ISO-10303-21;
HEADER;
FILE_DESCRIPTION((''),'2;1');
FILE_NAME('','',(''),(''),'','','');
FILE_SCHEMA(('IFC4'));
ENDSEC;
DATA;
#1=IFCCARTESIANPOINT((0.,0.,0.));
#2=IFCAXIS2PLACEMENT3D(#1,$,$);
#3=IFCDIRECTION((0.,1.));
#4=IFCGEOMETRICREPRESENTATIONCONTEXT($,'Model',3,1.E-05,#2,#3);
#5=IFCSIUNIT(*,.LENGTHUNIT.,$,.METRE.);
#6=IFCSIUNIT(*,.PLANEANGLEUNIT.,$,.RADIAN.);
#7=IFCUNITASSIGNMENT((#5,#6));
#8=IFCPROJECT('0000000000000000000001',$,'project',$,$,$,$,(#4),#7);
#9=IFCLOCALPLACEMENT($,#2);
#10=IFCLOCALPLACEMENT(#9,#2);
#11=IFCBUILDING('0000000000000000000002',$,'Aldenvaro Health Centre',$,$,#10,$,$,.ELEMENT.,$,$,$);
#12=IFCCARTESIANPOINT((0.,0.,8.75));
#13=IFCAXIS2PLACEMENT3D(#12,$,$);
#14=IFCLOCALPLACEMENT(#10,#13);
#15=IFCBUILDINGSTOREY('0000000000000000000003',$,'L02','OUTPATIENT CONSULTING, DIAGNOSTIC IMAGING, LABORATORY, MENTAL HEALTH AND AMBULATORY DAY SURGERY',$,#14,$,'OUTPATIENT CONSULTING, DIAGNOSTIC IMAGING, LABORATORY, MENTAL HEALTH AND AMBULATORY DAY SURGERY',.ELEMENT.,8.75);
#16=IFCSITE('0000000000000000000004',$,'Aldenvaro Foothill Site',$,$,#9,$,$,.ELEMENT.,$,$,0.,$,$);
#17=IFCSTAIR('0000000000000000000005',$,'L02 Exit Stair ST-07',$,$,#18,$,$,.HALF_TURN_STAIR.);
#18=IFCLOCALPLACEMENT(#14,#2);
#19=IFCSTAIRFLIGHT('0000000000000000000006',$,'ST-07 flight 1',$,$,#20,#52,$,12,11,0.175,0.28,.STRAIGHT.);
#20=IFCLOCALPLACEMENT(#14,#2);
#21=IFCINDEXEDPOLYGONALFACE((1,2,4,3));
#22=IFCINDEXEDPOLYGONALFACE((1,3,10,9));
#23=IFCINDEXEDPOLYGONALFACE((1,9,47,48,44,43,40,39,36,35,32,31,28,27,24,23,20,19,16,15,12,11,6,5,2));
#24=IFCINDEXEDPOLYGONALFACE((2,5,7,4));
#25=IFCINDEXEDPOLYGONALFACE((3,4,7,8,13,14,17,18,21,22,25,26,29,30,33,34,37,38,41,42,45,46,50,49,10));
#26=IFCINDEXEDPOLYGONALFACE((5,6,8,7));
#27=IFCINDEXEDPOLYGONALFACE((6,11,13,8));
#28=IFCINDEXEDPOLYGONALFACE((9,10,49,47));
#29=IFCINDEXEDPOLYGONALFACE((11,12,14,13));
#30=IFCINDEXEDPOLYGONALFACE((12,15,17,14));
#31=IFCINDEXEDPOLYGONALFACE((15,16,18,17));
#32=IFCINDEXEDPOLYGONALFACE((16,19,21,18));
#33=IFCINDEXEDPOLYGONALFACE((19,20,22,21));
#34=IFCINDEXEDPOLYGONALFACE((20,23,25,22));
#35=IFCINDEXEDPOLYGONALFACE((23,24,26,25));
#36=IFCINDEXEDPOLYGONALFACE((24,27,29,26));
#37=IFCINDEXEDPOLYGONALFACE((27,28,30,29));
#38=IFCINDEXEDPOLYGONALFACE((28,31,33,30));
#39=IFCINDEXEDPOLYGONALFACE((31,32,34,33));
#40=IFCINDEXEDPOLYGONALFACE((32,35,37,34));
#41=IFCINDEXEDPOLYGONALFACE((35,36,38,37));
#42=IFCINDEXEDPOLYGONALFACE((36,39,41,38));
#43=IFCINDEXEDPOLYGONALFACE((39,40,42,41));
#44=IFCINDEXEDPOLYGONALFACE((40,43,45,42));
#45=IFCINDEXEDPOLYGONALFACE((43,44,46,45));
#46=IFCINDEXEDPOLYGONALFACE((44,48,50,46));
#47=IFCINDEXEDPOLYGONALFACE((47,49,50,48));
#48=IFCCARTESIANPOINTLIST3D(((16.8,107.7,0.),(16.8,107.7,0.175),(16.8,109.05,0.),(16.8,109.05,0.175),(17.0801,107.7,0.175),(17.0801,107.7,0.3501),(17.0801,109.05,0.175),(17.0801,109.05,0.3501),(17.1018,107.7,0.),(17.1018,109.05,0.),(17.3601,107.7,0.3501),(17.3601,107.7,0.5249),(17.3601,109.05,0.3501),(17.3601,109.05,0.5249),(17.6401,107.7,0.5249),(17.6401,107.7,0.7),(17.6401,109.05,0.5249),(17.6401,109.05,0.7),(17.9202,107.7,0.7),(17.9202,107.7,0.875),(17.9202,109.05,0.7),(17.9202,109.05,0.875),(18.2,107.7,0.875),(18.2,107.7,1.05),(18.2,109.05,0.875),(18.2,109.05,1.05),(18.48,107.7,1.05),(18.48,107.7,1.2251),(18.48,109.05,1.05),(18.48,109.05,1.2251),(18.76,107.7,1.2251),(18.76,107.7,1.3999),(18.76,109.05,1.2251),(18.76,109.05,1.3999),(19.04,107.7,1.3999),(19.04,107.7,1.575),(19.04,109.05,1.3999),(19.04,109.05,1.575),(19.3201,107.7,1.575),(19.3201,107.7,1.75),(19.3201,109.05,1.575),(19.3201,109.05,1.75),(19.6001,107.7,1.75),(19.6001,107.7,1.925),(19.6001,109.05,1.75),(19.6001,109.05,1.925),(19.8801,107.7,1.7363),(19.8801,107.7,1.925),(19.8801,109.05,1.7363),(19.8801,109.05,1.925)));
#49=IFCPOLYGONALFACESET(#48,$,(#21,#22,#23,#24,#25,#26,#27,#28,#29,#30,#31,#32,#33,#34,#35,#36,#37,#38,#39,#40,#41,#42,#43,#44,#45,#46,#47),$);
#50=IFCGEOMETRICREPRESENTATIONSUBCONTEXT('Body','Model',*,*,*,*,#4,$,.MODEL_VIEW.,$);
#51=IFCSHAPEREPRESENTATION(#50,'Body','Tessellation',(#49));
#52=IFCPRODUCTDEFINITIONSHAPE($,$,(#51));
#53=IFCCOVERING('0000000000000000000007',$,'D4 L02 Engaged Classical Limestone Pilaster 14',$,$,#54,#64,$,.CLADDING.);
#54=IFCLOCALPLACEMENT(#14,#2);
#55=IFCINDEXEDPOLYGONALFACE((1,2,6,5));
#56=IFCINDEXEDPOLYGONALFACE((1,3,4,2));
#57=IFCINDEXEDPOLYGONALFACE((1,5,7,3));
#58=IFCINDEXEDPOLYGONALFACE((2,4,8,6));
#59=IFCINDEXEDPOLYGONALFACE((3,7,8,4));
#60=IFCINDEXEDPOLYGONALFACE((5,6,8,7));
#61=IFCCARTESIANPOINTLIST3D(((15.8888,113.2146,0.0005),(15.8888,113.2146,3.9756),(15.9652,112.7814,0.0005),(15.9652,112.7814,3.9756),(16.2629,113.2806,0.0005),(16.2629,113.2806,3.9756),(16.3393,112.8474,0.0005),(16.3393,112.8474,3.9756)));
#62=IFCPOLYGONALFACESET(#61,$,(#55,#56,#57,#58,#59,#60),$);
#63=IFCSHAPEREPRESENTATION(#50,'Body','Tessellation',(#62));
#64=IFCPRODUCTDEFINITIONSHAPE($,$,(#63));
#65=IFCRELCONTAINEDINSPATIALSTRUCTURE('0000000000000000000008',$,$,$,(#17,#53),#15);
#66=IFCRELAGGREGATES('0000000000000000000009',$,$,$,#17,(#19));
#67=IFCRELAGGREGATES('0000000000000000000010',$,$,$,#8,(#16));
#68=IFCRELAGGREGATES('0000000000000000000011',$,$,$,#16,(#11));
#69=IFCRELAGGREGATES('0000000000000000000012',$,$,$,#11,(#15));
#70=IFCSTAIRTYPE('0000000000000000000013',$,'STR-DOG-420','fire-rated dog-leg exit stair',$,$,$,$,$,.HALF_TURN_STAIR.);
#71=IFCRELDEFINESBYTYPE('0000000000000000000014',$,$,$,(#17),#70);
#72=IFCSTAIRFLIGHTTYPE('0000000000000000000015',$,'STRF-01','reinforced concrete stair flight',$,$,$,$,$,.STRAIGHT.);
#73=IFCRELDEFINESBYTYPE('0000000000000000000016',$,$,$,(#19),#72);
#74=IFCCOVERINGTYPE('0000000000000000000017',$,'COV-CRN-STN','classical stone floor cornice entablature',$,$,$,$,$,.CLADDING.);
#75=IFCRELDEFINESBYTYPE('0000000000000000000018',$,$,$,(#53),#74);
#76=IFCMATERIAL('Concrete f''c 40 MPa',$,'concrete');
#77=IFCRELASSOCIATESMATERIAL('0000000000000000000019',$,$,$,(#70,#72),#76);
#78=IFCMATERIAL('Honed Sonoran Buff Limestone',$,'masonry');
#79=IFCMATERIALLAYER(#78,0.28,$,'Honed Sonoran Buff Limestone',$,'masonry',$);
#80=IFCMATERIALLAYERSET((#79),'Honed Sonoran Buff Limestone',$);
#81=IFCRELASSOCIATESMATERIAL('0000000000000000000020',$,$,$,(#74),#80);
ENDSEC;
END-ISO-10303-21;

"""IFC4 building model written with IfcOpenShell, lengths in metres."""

from ifc_helpers import new_model, si_unit, direction, frame, origin, origin_2d, place, context, subcontext, project, spatial, polyline, rectangle, outline, extrude, material, layer, layer_set, type_object, element, aggregate, save


model = new_model("IFC4")

# Units and contexts
model_context = context("Model", 3, precision=1e-05, world=origin(), true_north=direction((0.0, 1.0)))
body_context = subcontext(model_context, "Body", "Model", "MODEL_VIEW")
ifc_project = project(units=[si_unit("LENGTHUNIT", "METRE"), si_unit("PLANEANGLEUNIT", "RADIAN")], contexts=[model_context])

# Site, building, storey
site_placement = place(None, origin())
site = spatial("IfcSite", under=ifc_project, at=site_placement, Name="Aldenvaro Foothill Site", CompositionType="ELEMENT", RefElevation=0.0)
building_placement = place(site_placement, origin())
building = spatial("IfcBuilding", under=site, at=building_placement, Name="Aldenvaro Health Centre", CompositionType="ELEMENT")
storey_placement = place(building_placement, frame((0.0, 0.0, 8.75)))
storey = spatial("IfcBuildingStorey", under=building, at=storey_placement, Name="L02", Description="OUTPATIENT CONSULTING, DIAGNOSTIC IMAGING, LABORATORY, MENTAL HEALTH AND AMBULATORY DAY SURGERY", LongName="OUTPATIENT CONSULTING, DIAGNOSTIC IMAGING, LABORATORY, MENTAL HEALTH AND AMBULATORY DAY SURGERY", CompositionType="ELEMENT", Elevation=8.75)

# Shared definitions
ifc_material_1 = material(Name="Concrete f'c 40 MPa", Category="concrete")

# Stair, stair flight
stair_type = type_object("IfcStairType", Name="STR-DOG-420", Description="fire-rated dog-leg exit stair", PredefinedType="HALF_TURN_STAIR", material=ifc_material_1)
stair_placement = place(storey_placement, origin())
stair = element("IfcStair", 1, at=stair_placement, inside=storey, type_object=stair_type, Name="L02 Exit Stair ST-07", PredefinedType="HALF_TURN_STAIR")
stair_flight_type = type_object("IfcStairFlightType", Name="STRF-01", Description="reinforced concrete stair flight", PredefinedType="STRAIGHT", material=ifc_material_1)
stair_flight_placement = place(storey_placement, frame((16.8, 108.375, 0.0), z_axis=(0.0, 0.0, 1.0), x_axis=(1.0, 0.0, 0.0)))
stair_flight = element("IfcStairFlight", 2, at=stair_flight_placement, type_object=stair_flight_type, Name="ST-07 flight 1", NumberOfRisers=12, NumberOfTreads=11, PredefinedType="STRAIGHT", RiserHeight=0.175, TreadLength=0.28, context=body_context, shape_type="SweptSolid", body=[
    extrude(outline(polyline([(0.0, 0.0), (0.0, 0.175), (0.28, 0.175), (0.28, 0.3501), (0.5601, 0.3501), (0.5601, 0.5249), (0.8401, 0.5249), (0.8401, 0.7), (1.1201, 0.7), (1.1201, 0.875), (1.3999, 0.875), (1.3999, 1.05), (1.6799, 1.05), (1.6799, 1.2251), (1.96, 1.2251), (1.96, 1.3999), (2.24, 1.3999), (2.24, 1.575), (2.52, 1.575), (2.52, 1.75), (2.8, 1.75), (2.8, 1.925), (3.0801, 1.925), (3.0801, 2.1001), (3.0801, 1.7363), (0.3018, 0.0), (0.0, 0.0)])), frame((0.0, 0.675, 0.0), z_axis=(0.0, -1.0, 0.0), x_axis=(1.0, 0.0, 0.0)), (0.0, 0.0, 1.0), 1.3501),
])
aggregate(stair, [stair_flight])

# Covering
ifc_material_2 = material(Name="Honed Sonoran Buff Limestone", Category="masonry")
ifc_layer_1 = layer(ifc_material_2, 0.28, Name="Honed Sonoran Buff Limestone", Category="masonry")
ifc_layer_set_1 = layer_set([ifc_layer_1], Name="Honed Sonoran Buff Limestone")
covering_type = type_object("IfcCoveringType", Name="COV-CRN-STN", Description="classical stone floor cornice entablature", PredefinedType="CLADDING", material=ifc_layer_set_1)
covering_placement = place(storey_placement, frame((16.114, 113.031, 0.0005), z_axis=(0.0, 0.0, 1.0), x_axis=(-0.173662, 0.984805, 0.0)))
element("IfcCovering", 3, at=covering_placement, inside=storey, type_object=covering_type, Name="D4 L02 Engaged Classical Limestone Pilaster 14", PredefinedType="CLADDING", context=body_context, shape_type="SweptSolid", body=[
    extrude(rectangle(XDim=0.4399, YDim=0.3799, at=origin_2d()), origin(), (0.0, 0.0, 1.0), 3.9751),
])

save(model, "model.ifc")
